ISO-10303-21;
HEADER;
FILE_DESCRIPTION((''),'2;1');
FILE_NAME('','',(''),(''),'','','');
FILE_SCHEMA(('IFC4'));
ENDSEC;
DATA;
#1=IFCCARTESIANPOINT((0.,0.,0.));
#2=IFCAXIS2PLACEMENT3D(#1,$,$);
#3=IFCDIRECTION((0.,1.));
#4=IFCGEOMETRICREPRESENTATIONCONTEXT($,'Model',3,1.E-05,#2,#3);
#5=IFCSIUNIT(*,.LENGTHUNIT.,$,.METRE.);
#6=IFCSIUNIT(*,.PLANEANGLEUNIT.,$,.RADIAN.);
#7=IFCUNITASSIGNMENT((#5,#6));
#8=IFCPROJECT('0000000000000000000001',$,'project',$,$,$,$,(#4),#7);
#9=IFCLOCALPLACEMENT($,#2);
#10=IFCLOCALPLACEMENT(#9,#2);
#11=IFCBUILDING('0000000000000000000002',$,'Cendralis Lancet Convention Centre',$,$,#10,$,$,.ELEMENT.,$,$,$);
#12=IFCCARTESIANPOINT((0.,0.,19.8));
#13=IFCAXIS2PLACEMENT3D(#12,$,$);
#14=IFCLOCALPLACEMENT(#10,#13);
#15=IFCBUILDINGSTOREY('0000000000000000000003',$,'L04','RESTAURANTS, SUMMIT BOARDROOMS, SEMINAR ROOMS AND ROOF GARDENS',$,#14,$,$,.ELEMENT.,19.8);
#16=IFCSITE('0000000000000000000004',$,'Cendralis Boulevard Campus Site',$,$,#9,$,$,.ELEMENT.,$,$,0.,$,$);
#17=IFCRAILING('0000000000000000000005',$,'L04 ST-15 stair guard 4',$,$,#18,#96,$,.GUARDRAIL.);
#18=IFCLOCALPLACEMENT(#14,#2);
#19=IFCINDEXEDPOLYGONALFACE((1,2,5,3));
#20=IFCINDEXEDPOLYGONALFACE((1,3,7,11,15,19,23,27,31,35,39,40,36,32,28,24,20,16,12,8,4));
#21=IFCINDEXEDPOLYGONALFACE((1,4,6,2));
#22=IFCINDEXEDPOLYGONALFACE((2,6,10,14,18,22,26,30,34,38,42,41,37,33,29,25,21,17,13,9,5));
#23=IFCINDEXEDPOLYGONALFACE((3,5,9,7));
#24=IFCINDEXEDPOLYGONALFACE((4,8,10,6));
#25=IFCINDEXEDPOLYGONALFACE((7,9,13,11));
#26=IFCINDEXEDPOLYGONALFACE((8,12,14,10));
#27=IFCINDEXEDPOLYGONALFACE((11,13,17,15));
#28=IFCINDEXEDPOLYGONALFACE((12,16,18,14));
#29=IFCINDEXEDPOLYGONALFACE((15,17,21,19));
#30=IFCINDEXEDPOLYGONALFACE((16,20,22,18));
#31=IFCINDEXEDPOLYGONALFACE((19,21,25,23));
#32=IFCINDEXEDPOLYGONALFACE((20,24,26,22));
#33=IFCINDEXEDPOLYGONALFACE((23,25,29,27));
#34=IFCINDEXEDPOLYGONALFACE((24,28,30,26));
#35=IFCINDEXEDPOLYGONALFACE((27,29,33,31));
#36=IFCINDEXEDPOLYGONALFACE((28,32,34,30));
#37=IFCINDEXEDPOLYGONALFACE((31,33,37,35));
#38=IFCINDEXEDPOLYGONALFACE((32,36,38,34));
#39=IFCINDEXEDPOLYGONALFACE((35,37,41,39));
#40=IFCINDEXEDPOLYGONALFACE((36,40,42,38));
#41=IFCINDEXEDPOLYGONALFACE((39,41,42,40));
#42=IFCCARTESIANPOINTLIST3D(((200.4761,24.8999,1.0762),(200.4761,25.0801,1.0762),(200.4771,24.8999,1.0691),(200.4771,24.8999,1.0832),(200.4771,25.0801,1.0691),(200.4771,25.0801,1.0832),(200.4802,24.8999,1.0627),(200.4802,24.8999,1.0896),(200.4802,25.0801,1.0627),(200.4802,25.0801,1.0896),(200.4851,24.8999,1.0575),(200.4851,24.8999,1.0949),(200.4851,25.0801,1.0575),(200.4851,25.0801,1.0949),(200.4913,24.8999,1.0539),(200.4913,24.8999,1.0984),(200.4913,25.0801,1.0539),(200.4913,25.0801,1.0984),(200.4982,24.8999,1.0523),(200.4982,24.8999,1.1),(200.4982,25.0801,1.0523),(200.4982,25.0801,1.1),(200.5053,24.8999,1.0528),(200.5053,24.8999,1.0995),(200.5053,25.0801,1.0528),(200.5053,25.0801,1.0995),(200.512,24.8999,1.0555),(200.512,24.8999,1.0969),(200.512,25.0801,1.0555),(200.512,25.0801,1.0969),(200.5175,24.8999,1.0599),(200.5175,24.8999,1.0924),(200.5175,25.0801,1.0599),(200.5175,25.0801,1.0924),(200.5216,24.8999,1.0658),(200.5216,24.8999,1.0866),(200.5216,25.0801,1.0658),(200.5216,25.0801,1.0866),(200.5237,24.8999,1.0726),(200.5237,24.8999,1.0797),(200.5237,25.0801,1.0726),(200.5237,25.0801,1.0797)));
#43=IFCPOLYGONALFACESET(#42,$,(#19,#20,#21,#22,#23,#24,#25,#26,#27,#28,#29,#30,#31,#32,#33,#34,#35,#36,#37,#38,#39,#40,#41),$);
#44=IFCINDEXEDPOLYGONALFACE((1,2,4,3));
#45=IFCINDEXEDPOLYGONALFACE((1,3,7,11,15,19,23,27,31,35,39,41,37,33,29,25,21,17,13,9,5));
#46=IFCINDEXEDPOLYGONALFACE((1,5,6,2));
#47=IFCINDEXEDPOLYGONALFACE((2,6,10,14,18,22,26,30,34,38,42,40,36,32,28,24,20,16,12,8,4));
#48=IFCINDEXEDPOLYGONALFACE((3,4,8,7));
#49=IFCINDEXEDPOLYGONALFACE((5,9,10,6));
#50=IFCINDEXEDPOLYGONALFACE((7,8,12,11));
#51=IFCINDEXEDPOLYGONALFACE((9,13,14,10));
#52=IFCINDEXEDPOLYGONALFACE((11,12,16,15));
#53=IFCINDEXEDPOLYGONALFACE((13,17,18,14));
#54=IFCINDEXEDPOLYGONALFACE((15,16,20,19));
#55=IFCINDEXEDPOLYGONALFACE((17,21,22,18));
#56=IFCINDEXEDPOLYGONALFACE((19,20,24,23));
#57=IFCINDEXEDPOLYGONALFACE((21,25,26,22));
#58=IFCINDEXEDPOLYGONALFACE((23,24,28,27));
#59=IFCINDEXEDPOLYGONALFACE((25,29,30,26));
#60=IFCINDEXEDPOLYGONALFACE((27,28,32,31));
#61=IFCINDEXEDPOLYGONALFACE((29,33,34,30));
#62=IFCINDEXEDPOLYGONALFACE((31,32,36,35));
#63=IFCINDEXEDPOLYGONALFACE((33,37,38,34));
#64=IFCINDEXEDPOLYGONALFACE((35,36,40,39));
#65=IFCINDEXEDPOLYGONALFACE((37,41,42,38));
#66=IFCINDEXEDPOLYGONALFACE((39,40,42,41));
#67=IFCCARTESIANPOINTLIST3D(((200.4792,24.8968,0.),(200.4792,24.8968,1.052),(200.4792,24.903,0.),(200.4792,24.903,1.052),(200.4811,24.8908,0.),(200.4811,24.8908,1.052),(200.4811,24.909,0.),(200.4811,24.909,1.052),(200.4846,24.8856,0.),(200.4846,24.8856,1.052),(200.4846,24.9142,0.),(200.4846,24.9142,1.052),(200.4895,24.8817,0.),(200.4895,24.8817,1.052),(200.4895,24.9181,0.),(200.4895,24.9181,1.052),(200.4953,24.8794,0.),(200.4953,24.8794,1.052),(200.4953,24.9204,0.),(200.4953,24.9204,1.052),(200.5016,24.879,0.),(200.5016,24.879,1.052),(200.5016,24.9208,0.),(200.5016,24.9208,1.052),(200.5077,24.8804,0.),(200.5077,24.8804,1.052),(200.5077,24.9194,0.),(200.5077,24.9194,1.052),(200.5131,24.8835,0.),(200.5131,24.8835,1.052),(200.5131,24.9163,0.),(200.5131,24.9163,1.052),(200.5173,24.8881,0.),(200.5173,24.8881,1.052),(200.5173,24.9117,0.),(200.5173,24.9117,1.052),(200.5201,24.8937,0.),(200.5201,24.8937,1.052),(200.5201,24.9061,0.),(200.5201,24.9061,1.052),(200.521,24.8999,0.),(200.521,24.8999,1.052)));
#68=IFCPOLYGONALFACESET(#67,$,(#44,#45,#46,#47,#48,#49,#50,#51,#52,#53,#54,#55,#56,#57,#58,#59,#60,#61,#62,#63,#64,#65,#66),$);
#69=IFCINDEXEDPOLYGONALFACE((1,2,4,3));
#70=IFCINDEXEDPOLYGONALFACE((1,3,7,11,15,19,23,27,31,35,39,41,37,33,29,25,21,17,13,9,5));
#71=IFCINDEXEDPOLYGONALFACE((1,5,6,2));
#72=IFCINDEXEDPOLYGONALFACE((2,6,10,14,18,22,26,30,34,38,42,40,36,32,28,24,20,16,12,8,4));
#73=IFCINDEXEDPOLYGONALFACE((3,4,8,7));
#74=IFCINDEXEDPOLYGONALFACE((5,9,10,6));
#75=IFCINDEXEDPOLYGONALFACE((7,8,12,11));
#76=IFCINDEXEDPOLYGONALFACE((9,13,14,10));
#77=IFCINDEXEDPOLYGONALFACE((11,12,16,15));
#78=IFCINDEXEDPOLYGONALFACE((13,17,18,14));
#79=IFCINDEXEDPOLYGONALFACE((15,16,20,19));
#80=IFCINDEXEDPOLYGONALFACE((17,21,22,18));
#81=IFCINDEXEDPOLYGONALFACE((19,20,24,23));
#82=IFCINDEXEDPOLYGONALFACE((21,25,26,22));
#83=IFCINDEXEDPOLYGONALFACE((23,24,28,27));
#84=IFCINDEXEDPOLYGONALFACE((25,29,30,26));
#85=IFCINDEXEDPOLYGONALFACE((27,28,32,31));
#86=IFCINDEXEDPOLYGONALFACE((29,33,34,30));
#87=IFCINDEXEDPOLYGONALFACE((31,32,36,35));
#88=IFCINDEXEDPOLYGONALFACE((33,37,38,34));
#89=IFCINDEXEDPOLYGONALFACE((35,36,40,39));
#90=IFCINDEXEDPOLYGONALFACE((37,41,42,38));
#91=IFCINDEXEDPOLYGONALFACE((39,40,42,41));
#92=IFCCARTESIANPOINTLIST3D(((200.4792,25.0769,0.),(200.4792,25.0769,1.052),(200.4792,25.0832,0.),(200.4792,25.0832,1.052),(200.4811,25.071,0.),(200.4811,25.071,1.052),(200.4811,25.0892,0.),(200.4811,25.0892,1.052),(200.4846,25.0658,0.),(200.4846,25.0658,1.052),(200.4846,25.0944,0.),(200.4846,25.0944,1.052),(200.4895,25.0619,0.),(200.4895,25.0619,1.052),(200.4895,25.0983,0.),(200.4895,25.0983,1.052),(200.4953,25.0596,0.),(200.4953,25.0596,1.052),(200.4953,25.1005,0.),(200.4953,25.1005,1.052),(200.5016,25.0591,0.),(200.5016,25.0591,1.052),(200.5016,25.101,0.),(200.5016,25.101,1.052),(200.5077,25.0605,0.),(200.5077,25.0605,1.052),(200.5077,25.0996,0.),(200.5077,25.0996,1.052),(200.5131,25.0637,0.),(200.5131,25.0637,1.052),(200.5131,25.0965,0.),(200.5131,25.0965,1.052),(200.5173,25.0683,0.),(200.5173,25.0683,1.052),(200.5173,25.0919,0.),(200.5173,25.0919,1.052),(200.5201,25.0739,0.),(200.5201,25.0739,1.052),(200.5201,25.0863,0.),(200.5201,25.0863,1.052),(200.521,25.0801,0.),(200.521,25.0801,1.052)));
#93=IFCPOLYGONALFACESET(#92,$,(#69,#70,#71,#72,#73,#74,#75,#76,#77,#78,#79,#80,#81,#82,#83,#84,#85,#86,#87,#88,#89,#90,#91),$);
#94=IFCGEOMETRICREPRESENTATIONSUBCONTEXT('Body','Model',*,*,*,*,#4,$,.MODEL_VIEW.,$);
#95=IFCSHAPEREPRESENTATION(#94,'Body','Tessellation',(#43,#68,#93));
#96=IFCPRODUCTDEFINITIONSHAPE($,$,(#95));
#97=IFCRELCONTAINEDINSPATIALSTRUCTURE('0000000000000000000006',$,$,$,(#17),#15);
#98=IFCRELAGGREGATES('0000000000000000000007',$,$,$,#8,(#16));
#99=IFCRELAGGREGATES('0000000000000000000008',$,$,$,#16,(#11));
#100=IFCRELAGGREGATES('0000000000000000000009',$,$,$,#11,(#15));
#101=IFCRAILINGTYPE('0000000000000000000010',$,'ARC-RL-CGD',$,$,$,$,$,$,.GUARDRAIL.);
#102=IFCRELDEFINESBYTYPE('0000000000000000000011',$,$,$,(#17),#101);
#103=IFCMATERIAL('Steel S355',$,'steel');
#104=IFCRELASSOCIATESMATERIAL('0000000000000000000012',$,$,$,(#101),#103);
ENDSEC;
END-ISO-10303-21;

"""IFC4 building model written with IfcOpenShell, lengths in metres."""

from ifc_helpers import new_model, si_unit, direction, frame, origin, origin_2d, place, context, subcontext, project, spatial, circle, extrude, material, type_object, element, save


model = new_model("IFC4")

# Units and contexts
model_context = context("Model", 3, precision=1e-05, world=origin(), true_north=direction((0.0, 1.0)))
body_context = subcontext(model_context, "Body", "Model", "MODEL_VIEW")
ifc_project = project(units=[si_unit("LENGTHUNIT", "METRE"), si_unit("PLANEANGLEUNIT", "RADIAN")], contexts=[model_context])

# Site, building, storey
site_placement = place(None, origin())
site = spatial("IfcSite", under=ifc_project, at=site_placement, Name="Cendralis Boulevard Campus Site", CompositionType="ELEMENT", RefElevation=0.0)
building_placement = place(site_placement, origin())
building = spatial("IfcBuilding", under=site, at=building_placement, Name="Cendralis Lancet Convention Centre", CompositionType="ELEMENT")
storey_placement = place(building_placement, frame((0.0, 0.0, 19.8)))
storey = spatial("IfcBuildingStorey", under=building, at=storey_placement, Name="L04", Description="RESTAURANTS, SUMMIT BOARDROOMS, SEMINAR ROOMS AND ROOF GARDENS", CompositionType="ELEMENT", Elevation=19.8)

# Shared definitions
ifc_material_1 = material(Name="Steel S355", Category="steel")

# Railing
railing_type_1 = type_object("IfcRailingType", Name="ARC-RL-CGD", PredefinedType="GUARDRAIL", material=ifc_material_1)
railing_1_placement = place(storey_placement, frame((200.5, 24.8999, 0.0)))
element("IfcRailing", 1, at=railing_1_placement, inside=storey, type_object=railing_type_1, Name="L04 ST-15 stair guard 4", PredefinedType="GUARDRAIL", context=body_context, shape_type="SweptSolid", body=[
    extrude(circle(Radius=0.0239, at=origin_2d()), frame((0.0, 0.0, 1.0762), z_axis=(0.0, 1.0, 0.0), x_axis=(-1.0, 0.0, 0.0)), (0.0, 0.0, 1.0), 0.1802),
    extrude(circle(Radius=0.021, at=origin_2d()), origin(), (0.0, 0.0, 1.0), 1.052),
    extrude(circle(Radius=0.021, at=origin_2d()), frame((0.0, 0.1802, 0.0)), (0.0, 0.0, 1.0), 1.052),
])

save(model, "model.ifc")
